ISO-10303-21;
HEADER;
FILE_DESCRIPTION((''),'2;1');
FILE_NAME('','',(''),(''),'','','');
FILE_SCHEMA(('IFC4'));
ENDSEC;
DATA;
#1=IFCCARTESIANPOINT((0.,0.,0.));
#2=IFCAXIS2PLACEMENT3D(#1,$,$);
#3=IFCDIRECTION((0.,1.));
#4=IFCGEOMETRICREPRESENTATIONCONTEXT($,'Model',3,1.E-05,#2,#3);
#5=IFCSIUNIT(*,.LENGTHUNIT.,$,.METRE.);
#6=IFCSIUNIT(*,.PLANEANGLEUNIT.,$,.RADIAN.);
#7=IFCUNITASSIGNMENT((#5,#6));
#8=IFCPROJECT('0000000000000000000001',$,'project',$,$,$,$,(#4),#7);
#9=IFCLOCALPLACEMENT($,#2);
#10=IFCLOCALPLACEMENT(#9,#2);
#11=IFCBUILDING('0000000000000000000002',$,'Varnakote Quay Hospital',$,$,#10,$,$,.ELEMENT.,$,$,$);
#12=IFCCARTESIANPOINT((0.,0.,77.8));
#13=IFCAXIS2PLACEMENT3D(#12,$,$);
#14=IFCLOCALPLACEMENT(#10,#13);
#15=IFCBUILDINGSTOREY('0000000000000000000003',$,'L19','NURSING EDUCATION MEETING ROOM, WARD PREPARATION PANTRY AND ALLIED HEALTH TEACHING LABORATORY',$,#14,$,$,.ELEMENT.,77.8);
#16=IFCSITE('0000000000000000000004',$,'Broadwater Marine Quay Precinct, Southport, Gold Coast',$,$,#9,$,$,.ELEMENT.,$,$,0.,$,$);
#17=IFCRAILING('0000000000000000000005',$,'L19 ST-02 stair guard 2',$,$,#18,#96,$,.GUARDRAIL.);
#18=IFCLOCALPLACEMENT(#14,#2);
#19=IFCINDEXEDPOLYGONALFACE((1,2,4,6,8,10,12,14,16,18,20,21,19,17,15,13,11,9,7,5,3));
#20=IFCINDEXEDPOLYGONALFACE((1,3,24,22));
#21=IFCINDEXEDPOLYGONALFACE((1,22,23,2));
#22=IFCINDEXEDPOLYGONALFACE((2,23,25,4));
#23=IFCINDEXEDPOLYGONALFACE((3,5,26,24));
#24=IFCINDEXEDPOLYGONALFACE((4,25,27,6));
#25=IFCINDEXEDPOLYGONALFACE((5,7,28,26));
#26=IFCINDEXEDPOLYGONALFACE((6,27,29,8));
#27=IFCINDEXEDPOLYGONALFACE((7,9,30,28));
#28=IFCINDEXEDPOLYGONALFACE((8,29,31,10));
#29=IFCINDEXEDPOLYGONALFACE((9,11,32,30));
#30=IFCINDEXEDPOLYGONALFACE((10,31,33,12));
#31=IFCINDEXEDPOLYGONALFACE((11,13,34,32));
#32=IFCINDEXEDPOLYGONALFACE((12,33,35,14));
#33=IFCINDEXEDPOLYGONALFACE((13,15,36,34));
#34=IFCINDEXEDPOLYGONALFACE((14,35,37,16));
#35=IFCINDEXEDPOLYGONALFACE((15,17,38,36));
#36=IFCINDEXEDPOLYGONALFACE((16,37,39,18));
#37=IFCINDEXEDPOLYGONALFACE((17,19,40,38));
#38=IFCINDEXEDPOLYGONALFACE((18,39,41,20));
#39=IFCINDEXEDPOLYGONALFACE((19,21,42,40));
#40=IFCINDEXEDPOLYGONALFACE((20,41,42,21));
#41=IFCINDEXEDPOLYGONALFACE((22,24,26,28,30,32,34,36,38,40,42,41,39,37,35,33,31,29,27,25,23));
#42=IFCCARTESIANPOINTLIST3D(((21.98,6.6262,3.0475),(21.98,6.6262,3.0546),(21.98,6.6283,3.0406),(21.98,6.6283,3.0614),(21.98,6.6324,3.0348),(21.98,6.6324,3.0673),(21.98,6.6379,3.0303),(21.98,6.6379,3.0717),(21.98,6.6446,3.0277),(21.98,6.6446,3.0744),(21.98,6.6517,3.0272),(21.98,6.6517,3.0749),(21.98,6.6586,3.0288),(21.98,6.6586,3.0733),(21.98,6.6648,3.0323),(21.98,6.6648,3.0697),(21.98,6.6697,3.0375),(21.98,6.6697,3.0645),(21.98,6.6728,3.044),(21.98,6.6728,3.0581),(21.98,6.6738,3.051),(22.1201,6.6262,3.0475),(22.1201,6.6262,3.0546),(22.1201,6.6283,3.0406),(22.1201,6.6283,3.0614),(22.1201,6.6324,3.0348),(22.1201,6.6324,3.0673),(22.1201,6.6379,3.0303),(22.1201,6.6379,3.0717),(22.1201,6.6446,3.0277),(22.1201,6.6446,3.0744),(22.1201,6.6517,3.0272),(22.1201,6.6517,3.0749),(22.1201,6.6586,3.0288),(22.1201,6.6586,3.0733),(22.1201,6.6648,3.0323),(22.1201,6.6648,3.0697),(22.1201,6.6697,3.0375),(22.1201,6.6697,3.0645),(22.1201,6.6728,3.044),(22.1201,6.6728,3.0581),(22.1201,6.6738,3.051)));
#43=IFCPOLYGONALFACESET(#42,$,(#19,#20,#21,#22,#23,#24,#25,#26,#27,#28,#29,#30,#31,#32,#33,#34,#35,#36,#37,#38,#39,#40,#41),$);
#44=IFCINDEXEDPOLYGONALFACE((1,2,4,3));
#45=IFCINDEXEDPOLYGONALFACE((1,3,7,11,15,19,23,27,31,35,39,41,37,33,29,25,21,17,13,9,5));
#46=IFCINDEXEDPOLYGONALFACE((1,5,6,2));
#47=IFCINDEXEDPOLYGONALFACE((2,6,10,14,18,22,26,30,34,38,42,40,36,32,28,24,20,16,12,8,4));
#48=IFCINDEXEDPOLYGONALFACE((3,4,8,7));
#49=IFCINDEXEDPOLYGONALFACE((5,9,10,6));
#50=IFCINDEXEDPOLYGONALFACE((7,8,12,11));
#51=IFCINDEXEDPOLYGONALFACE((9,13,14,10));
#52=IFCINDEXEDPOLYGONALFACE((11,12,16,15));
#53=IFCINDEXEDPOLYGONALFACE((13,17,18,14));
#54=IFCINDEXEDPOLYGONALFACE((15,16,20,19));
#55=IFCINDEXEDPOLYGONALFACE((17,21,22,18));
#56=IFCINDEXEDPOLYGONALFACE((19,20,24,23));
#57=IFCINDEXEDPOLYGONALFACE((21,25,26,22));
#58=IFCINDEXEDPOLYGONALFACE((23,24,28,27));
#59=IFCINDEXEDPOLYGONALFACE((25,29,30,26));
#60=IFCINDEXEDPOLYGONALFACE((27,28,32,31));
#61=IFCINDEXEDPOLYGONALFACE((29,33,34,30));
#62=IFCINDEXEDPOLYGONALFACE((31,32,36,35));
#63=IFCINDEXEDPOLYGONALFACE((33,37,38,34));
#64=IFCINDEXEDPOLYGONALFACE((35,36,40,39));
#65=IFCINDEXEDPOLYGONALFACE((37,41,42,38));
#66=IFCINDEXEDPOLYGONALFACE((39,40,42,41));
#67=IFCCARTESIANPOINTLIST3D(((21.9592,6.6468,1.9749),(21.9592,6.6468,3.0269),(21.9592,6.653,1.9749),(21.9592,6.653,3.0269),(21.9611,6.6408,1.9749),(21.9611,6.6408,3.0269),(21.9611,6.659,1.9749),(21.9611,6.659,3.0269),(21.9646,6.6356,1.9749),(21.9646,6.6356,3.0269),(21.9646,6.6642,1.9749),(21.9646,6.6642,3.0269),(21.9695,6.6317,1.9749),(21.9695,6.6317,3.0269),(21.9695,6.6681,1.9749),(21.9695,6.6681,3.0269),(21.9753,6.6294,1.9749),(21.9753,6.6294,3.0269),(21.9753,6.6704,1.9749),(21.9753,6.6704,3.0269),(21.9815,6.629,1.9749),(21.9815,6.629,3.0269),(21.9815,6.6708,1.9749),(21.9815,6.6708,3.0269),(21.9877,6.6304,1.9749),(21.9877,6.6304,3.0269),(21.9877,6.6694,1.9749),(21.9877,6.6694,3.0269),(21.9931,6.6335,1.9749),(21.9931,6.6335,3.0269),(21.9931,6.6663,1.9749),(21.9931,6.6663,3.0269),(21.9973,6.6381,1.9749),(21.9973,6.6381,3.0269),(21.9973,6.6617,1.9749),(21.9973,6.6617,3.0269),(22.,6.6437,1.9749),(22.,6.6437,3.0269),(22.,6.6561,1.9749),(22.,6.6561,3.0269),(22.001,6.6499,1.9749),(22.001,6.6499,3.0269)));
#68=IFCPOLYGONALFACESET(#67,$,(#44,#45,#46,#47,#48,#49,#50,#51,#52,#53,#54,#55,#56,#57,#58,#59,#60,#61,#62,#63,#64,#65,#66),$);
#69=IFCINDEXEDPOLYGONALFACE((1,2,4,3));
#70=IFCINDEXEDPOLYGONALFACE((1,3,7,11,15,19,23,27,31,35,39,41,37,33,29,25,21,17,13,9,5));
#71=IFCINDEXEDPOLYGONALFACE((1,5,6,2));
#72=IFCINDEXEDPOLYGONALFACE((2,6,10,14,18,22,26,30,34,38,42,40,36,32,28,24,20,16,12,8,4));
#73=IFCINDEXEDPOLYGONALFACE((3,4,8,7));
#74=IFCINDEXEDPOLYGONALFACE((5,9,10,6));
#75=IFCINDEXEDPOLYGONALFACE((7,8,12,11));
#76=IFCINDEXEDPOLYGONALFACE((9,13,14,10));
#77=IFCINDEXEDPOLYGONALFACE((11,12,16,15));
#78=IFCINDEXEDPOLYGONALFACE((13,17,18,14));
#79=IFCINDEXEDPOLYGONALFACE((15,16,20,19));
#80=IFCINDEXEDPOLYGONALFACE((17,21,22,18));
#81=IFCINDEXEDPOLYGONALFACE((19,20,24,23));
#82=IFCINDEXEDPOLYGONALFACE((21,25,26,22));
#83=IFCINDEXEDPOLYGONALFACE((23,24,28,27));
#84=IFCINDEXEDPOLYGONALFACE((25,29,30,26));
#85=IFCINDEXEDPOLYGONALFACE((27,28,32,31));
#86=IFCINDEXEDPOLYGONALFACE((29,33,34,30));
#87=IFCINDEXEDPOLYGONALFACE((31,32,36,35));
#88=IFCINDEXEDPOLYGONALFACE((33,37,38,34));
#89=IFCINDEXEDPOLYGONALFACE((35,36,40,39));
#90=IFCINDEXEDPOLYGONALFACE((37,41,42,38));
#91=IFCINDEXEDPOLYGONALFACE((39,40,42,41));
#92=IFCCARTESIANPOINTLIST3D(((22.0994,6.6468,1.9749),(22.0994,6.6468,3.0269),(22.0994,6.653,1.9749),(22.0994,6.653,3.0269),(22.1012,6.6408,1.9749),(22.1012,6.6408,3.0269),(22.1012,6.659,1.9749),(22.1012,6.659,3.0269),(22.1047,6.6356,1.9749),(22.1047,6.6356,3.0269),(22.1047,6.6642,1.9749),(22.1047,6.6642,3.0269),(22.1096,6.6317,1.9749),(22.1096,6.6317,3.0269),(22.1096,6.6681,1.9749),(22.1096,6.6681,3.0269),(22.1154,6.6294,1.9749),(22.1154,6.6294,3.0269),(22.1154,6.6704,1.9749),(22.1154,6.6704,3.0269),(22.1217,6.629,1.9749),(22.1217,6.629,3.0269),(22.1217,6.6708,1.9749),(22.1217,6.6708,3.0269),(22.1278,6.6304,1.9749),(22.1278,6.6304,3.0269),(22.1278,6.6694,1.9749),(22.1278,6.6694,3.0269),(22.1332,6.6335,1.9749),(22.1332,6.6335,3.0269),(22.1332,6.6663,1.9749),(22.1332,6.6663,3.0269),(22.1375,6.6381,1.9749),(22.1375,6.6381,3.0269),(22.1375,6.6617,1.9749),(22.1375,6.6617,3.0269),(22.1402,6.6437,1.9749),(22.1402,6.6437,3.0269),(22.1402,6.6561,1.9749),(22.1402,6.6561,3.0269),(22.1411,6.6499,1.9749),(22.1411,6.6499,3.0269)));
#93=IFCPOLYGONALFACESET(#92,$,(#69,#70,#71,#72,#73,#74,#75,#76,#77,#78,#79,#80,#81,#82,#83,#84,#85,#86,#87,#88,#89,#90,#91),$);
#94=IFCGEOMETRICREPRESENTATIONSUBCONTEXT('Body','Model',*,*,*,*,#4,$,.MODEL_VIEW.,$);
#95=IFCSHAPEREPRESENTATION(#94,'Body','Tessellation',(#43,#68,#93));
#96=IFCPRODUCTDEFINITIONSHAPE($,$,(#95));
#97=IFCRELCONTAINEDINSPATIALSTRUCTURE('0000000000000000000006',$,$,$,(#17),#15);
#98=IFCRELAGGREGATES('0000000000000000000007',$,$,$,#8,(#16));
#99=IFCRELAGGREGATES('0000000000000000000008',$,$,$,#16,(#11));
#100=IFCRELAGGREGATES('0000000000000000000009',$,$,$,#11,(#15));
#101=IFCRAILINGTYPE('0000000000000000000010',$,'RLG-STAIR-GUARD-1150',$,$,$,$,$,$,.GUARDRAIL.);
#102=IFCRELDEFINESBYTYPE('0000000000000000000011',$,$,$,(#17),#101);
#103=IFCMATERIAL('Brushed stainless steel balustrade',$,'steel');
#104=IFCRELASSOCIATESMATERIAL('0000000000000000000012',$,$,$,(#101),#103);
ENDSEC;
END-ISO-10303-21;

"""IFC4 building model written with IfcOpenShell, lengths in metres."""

from ifc_helpers import new_model, si_unit, direction, frame, origin, origin_2d, place, context, subcontext, project, spatial, circle, extrude, material, type_object, element, save


model = new_model("IFC4")

# Units and contexts
model_context = context("Model", 3, precision=1e-05, world=origin(), true_north=direction((0.0, 1.0)))
body_context = subcontext(model_context, "Body", "Model", "MODEL_VIEW")
ifc_project = project(units=[si_unit("LENGTHUNIT", "METRE"), si_unit("PLANEANGLEUNIT", "RADIAN")], contexts=[model_context])

# Site, building, storey
site_placement = place(None, origin())
site = spatial("IfcSite", under=ifc_project, at=site_placement, Name="Broadwater Marine Quay Precinct, Southport, Gold Coast", CompositionType="ELEMENT", RefElevation=0.0)
building_placement = place(site_placement, origin())
building = spatial("IfcBuilding", under=site, at=building_placement, Name="Varnakote Quay Hospital", CompositionType="ELEMENT")
storey_placement = place(building_placement, frame((0.0, 0.0, 77.8)))
storey = spatial("IfcBuildingStorey", under=building, at=storey_placement, Name="L19", Description="NURSING EDUCATION MEETING ROOM, WARD PREPARATION PANTRY AND ALLIED HEALTH TEACHING LABORATORY", CompositionType="ELEMENT", Elevation=77.8)

# Railing
ifc_material_1 = material(Name="Brushed stainless steel balustrade", Category="steel")
railing_type_1 = type_object("IfcRailingType", Name="RLG-STAIR-GUARD-1150", PredefinedType="GUARDRAIL", material=ifc_material_1)
railing_1_placement = place(storey_placement, frame((21.98, 6.6499, 1.9749)))
element("IfcRailing", 1, at=railing_1_placement, inside=storey, type_object=railing_type_1, Name="L19 ST-02 stair guard 2", PredefinedType="GUARDRAIL", context=body_context, shape_type="SweptSolid", body=[
    extrude(circle(Radius=0.0239, at=origin_2d()), frame((0.0, 0.0, 1.0762), z_axis=(1.0, 0.0, 0.0), x_axis=(0.0, 1.0, 0.0)), (0.0, 0.0, 1.0), 0.1401),
    extrude(circle(Radius=0.021, at=origin_2d()), origin(), (0.0, 0.0, 1.0), 1.052),
    extrude(circle(Radius=0.021, at=origin_2d()), frame((0.1401, 0.0, 0.0)), (0.0, 0.0, 1.0), 1.052),
])

save(model, "model.ifc")
